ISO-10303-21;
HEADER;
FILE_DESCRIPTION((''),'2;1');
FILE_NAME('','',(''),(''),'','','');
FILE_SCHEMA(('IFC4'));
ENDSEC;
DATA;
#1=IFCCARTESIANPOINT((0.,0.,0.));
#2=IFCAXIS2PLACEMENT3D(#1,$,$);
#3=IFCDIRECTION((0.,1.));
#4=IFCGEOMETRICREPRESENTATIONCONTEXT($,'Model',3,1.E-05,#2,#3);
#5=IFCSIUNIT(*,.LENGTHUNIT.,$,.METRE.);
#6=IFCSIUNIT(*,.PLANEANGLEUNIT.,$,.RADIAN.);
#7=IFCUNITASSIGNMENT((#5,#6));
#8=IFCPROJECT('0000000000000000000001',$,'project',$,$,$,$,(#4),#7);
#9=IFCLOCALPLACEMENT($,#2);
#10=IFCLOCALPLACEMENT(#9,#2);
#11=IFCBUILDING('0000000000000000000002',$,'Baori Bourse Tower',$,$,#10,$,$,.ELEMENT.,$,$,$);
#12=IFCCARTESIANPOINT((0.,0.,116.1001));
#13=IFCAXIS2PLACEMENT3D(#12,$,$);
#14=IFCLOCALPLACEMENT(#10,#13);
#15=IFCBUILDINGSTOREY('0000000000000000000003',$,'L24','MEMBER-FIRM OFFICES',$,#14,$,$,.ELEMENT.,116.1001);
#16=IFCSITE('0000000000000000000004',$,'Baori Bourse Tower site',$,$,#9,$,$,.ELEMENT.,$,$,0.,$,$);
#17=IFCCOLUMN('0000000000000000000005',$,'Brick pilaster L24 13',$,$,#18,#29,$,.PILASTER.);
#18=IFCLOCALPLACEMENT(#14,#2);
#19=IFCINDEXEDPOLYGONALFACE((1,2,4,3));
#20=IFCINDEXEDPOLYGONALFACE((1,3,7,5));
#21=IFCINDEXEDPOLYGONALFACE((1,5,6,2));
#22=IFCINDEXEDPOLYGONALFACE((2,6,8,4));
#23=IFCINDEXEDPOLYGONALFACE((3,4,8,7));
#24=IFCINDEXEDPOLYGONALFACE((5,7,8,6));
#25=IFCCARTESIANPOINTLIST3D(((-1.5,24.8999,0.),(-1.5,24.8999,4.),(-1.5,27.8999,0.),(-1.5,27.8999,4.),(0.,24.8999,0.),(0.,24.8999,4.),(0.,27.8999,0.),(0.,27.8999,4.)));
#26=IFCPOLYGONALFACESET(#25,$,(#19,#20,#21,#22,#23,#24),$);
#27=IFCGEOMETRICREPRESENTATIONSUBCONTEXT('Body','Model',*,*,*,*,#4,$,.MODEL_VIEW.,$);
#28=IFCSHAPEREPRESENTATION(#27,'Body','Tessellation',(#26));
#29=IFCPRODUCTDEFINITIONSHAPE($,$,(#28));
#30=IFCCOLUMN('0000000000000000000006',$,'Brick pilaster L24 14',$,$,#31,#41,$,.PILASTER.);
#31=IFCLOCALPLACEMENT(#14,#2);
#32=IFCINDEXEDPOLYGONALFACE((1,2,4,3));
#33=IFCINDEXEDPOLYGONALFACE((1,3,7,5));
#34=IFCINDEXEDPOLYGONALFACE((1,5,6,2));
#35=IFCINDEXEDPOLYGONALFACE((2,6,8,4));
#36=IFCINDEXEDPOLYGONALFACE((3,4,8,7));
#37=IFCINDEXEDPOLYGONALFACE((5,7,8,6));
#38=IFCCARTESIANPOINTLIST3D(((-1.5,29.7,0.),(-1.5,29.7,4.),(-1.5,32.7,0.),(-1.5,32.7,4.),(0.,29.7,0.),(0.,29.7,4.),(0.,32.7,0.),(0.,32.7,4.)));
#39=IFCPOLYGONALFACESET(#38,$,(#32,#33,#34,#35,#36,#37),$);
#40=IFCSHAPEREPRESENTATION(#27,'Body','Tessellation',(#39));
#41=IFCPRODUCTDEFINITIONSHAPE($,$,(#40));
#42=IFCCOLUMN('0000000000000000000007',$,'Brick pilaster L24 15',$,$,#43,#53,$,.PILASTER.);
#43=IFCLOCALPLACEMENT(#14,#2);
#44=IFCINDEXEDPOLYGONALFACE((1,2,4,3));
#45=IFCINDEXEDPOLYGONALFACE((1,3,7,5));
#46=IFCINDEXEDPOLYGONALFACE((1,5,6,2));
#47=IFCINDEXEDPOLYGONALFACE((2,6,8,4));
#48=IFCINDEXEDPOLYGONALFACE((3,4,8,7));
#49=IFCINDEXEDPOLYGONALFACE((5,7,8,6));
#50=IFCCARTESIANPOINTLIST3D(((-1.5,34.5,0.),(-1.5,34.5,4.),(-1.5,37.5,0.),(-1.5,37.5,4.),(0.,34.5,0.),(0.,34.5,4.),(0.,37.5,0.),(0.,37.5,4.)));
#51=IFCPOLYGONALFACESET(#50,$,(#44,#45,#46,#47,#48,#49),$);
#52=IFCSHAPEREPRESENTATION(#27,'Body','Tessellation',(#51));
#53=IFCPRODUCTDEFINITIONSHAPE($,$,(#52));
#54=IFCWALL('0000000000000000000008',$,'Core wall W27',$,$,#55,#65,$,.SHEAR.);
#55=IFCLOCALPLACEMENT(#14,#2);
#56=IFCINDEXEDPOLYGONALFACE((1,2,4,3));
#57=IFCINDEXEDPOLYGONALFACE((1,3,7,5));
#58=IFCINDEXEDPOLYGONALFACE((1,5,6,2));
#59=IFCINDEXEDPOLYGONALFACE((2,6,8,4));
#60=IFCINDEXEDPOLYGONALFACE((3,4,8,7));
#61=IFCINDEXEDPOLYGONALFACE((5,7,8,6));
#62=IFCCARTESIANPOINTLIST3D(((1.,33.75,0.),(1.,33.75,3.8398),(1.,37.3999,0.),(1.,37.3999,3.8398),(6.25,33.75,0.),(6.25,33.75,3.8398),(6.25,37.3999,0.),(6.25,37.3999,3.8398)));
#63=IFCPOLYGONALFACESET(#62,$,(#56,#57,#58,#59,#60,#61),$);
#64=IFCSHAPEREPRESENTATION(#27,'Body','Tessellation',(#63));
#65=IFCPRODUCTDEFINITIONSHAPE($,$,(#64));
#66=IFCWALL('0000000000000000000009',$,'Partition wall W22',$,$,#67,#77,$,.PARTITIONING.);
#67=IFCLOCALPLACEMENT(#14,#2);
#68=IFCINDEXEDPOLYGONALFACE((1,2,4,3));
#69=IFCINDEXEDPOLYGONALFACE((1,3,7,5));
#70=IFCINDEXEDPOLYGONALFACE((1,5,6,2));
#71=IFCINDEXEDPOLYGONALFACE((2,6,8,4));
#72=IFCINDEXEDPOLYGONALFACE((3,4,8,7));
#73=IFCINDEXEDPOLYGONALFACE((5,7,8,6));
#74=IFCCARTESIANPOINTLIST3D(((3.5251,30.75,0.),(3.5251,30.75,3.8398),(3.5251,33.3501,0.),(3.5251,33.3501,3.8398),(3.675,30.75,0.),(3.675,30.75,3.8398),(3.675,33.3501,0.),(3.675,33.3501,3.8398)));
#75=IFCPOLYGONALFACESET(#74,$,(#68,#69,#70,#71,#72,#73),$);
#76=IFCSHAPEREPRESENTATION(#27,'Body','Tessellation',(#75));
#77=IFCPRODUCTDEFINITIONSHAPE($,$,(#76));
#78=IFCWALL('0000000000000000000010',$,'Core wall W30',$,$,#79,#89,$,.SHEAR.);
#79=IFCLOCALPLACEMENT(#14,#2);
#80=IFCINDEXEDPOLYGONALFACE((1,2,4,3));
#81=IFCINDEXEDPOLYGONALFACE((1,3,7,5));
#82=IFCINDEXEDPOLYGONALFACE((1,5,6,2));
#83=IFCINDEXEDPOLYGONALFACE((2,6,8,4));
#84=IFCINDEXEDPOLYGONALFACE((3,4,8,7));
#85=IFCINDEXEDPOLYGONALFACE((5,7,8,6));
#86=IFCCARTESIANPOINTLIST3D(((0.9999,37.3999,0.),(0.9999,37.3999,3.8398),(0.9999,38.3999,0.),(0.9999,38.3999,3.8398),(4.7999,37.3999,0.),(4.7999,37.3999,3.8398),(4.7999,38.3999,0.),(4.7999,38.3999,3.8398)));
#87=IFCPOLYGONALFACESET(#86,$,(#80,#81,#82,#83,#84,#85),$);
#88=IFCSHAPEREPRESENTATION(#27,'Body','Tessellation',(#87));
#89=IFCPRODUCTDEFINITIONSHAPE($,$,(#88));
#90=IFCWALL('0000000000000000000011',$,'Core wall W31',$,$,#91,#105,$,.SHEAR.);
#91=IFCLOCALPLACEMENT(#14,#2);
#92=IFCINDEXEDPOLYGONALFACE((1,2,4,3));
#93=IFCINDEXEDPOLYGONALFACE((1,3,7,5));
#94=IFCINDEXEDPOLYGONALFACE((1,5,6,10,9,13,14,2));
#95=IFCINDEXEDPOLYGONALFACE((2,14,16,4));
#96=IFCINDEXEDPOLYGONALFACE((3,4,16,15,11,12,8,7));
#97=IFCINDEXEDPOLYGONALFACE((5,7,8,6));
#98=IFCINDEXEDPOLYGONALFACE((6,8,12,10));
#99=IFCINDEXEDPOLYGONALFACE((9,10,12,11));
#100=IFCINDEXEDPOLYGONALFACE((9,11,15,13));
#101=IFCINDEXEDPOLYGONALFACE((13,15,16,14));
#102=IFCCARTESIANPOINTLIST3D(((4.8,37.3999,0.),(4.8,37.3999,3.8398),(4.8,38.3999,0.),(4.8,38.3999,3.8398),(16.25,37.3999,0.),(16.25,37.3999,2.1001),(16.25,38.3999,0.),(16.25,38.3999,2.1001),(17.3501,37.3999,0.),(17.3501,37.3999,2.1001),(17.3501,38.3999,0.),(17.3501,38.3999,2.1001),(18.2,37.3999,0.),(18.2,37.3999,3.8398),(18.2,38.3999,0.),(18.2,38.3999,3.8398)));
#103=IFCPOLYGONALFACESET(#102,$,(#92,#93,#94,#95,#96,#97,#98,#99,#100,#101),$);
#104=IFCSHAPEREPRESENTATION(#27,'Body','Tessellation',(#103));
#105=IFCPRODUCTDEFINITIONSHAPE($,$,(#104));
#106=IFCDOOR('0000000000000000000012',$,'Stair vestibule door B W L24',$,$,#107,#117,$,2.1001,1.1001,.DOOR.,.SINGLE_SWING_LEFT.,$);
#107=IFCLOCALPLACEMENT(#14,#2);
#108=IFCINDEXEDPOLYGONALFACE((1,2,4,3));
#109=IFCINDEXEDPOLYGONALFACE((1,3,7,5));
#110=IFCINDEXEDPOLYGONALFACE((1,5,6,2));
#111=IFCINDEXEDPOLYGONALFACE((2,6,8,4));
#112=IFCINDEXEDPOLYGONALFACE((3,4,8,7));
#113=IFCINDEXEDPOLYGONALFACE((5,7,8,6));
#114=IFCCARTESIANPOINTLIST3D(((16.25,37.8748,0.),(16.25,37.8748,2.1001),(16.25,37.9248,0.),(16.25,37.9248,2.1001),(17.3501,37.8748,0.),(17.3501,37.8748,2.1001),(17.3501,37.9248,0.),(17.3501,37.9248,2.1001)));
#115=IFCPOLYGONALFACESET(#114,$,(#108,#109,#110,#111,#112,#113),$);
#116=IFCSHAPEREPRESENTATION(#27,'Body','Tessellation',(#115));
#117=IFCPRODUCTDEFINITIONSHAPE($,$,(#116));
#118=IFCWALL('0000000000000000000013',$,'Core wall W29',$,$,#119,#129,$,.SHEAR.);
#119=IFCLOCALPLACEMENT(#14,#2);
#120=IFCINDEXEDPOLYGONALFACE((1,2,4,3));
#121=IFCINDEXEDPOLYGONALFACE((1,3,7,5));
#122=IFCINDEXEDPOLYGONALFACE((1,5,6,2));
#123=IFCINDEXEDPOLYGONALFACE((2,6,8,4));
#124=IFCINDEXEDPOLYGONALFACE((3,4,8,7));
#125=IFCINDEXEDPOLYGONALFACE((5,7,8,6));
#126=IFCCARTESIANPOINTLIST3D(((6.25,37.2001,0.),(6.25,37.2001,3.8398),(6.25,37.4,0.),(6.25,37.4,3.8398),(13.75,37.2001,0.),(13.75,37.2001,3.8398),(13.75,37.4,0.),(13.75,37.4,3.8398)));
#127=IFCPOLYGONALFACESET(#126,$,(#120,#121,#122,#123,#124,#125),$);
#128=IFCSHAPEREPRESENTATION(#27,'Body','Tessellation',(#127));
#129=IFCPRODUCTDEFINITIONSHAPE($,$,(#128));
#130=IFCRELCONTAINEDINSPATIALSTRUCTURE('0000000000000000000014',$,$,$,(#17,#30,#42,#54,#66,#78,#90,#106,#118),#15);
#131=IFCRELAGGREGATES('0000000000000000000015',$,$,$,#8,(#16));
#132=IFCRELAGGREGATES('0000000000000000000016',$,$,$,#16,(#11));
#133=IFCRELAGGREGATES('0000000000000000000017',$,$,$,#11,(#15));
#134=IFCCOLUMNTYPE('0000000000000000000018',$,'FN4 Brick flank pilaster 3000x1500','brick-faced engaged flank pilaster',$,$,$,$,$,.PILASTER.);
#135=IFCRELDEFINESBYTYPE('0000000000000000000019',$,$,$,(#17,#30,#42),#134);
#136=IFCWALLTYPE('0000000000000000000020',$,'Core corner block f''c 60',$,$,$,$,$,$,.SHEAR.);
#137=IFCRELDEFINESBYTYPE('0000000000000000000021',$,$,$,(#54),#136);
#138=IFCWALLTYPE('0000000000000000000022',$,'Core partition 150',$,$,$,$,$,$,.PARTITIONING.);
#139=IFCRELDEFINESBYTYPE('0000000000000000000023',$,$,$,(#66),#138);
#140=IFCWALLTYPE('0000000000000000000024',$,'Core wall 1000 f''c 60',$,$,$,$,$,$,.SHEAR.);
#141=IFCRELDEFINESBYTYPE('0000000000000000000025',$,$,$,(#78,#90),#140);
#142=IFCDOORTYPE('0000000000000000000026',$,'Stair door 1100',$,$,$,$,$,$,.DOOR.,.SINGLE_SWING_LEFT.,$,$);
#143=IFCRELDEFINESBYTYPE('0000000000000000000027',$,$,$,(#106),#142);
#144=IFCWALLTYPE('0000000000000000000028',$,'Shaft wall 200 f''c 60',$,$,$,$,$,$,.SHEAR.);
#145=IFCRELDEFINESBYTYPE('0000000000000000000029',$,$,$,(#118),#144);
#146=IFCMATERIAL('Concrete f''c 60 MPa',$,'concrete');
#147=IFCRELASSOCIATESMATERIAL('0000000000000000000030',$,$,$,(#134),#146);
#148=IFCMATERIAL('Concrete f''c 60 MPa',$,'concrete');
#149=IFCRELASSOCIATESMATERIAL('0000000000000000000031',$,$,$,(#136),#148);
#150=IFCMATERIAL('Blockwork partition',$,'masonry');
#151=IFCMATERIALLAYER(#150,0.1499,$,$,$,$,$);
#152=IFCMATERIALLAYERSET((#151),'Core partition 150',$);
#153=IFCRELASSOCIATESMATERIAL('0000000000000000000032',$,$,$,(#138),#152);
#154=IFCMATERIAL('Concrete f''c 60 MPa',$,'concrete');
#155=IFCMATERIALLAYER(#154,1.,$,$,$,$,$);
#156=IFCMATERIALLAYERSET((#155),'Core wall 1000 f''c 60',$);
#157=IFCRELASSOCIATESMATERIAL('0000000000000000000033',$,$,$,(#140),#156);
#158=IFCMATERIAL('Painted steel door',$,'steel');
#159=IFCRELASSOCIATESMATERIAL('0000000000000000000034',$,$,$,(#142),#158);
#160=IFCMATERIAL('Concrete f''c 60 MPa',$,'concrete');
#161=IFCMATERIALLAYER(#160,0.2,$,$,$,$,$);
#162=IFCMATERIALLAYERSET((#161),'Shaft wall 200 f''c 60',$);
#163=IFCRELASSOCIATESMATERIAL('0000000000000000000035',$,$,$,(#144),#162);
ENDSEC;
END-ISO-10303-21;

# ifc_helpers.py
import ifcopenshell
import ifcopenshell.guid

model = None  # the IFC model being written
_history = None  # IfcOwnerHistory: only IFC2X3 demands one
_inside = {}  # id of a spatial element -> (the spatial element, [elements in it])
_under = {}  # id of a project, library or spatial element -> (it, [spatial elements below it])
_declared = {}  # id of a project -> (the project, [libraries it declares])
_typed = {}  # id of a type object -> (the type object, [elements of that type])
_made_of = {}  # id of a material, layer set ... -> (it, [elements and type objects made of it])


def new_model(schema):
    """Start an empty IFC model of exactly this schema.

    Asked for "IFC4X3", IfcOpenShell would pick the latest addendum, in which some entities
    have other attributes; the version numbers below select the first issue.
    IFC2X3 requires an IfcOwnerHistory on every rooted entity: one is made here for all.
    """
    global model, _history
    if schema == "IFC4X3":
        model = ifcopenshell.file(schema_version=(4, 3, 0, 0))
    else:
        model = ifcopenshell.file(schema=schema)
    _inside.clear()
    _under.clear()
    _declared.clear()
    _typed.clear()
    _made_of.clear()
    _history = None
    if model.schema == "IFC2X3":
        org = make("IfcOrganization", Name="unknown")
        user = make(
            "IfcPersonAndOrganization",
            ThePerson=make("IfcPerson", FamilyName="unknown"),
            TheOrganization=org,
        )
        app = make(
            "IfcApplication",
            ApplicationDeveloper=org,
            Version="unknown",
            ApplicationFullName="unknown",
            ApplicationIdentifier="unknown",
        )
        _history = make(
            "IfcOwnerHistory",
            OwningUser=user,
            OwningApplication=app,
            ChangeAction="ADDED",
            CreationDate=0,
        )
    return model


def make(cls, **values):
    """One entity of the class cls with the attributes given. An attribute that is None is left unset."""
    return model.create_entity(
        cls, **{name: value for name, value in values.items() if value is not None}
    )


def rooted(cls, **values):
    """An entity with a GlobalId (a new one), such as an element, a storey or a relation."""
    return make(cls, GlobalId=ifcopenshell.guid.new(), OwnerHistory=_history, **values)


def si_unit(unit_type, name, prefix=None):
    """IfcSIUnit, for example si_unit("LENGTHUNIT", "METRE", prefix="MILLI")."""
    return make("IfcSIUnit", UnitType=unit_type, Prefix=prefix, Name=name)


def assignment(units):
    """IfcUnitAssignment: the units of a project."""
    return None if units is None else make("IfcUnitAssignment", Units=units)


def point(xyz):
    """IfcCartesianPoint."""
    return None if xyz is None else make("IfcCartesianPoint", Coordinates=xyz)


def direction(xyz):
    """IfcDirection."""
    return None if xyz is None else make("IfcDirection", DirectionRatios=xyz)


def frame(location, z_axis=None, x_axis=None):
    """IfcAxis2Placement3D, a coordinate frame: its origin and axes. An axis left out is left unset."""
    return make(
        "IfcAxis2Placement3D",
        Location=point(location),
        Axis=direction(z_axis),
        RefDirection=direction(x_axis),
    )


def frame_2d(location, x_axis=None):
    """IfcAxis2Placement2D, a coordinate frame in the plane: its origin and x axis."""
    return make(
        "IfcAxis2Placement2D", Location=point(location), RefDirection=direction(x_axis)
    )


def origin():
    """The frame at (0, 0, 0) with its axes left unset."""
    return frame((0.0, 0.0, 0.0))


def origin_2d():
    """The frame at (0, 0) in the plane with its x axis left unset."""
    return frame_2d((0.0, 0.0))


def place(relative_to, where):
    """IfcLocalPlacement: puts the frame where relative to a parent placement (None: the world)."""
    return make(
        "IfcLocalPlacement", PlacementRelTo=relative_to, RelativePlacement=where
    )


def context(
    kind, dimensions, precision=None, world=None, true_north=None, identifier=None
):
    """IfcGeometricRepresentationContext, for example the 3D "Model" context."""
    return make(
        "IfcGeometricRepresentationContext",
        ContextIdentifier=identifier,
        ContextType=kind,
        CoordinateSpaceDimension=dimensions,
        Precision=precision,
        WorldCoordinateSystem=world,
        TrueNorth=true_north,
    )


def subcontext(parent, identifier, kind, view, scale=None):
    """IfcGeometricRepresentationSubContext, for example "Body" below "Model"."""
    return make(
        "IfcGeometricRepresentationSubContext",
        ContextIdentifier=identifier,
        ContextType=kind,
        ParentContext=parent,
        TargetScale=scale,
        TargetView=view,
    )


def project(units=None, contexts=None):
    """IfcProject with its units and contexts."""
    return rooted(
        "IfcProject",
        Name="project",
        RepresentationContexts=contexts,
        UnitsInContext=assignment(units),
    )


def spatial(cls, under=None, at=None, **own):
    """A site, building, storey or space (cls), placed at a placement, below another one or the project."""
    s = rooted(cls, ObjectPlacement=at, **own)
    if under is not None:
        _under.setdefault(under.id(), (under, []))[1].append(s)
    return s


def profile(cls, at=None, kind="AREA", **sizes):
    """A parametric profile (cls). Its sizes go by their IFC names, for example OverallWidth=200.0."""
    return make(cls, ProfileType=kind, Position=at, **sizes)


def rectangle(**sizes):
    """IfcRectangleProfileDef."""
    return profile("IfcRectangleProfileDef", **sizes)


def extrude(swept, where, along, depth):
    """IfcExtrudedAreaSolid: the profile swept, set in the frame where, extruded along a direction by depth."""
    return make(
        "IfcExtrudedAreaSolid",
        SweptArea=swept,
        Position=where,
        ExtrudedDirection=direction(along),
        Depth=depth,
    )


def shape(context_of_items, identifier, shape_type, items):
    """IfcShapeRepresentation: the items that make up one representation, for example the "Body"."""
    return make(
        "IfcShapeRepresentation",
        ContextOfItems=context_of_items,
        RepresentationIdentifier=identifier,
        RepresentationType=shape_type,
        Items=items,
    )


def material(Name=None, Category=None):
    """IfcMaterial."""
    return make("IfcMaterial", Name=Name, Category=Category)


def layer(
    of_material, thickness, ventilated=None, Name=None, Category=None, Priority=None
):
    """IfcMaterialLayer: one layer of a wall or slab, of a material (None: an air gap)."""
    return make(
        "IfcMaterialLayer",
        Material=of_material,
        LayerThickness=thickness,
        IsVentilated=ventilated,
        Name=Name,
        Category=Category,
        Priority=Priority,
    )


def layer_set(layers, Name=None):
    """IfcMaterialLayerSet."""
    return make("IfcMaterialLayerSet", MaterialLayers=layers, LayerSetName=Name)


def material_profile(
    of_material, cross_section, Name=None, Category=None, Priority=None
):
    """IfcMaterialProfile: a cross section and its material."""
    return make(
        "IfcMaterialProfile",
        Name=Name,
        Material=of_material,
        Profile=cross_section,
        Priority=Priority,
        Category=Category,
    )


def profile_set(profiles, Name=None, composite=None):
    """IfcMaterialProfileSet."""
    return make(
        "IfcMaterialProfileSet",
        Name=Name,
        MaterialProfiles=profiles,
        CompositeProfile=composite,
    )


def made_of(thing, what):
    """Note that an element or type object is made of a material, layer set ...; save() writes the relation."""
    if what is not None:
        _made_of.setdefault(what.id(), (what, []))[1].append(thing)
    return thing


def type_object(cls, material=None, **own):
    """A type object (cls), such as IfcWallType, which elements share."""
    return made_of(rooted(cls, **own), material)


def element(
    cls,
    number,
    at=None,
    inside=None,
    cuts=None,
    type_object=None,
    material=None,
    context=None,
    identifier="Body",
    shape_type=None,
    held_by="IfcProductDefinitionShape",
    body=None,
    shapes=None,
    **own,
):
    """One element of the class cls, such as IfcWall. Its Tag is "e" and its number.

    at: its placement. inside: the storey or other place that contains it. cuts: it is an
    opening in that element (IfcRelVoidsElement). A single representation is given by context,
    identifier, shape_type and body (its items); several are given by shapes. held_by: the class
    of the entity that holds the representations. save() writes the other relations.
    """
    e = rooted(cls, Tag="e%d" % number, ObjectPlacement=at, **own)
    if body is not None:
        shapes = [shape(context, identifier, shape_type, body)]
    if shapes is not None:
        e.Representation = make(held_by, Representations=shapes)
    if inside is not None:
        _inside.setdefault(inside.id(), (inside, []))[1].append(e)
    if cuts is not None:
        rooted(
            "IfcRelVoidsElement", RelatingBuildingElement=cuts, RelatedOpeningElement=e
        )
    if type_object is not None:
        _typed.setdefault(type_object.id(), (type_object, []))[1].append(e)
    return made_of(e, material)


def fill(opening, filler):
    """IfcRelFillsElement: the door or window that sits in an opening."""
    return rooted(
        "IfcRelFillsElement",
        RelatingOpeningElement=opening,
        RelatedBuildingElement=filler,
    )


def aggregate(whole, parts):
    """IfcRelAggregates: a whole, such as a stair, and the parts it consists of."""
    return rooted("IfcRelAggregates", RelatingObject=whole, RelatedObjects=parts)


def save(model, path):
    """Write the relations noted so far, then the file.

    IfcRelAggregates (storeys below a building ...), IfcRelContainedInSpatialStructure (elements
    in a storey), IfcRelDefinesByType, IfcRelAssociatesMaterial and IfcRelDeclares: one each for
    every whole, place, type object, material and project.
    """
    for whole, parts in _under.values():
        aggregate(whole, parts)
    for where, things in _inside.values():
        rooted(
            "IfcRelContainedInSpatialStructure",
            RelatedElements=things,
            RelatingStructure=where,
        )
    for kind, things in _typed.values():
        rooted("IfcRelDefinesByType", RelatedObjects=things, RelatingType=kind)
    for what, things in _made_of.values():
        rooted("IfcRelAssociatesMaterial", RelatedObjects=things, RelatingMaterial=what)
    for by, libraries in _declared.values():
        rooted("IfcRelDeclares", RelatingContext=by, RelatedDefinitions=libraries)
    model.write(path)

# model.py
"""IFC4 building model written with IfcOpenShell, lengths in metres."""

from ifc_helpers import new_model, si_unit, direction, frame, frame_2d, origin, origin_2d, place, context, subcontext, project, spatial, rectangle, extrude, material, layer, layer_set, material_profile, profile_set, type_object, element, fill, save


model = new_model("IFC4")

# Units and contexts
model_context = context("Model", 3, precision=1e-05, world=origin(), true_north=direction((0.0, 1.0)))
body_context = subcontext(model_context, "Body", "Model", "MODEL_VIEW")
ifc_project = project(units=[si_unit("LENGTHUNIT", "METRE"), si_unit("PLANEANGLEUNIT", "RADIAN")], contexts=[model_context])

# Site, building, storey
site_placement = place(None, origin())
site = spatial("IfcSite", under=ifc_project, at=site_placement, Name="Baori Bourse Tower site", CompositionType="ELEMENT", RefElevation=0.0)
building_placement = place(site_placement, origin())
building = spatial("IfcBuilding", under=site, at=building_placement, Name="Baori Bourse Tower", CompositionType="ELEMENT")
storey_placement = place(building_placement, frame((0.0, 0.0, 116.1001)))
storey = spatial("IfcBuildingStorey", under=building, at=storey_placement, Name="L24", Description="MEMBER-FIRM OFFICES", CompositionType="ELEMENT", Elevation=116.1001)

# Columns
ifc_material_1 = material(Name="Concrete f'c 60 MPa", Category="concrete")
ifc_material_profile = material_profile(ifc_material_1, rectangle(XDim=3.0, YDim=1.5, at=origin_2d()), Name="RC 3000x1500")
ifc_profile_set = profile_set([ifc_material_profile], Name="Concrete f'c 60 MPa")
column_type = type_object("IfcColumnType", Name="FN4 Brick flank pilaster 3000x1500", Description="brick-faced engaged flank pilaster", PredefinedType="PILASTER", material=ifc_profile_set)
for number, where, z_axis, x_axis, name in (
    (1, (-0.75, 26.3999, 0.0), (0.0, 0.0, 1.0), (0.0, 1.0, 0.0), "Brick pilaster L24 13"),
    (2, (-0.75, 31.2, 0.0), (0.0, 0.0, 1.0), (0.0, 1.0, 0.0), "Brick pilaster L24 14"),
    (3, (-0.75, 36.0, 0.0), (0.0, 0.0, 1.0), (0.0, 1.0, 0.0), "Brick pilaster L24 15"),
):
    element("IfcColumn", number, at=place(storey_placement, frame(where, z_axis=z_axis, x_axis=x_axis)), inside=storey, type_object=column_type, Name=name, PredefinedType="PILASTER", context=body_context, shape_type="SweptSolid", body=[
        extrude(rectangle(XDim=3.0, YDim=1.5, at=origin_2d()), origin(), (0.0, 0.0, 1.0), 4.0),
    ])

# Walls
ifc_material_2 = material(Name="Concrete f'c 60 MPa", Category="concrete")
wall_type_1 = type_object("IfcWallType", Name="Core corner block f'c 60", PredefinedType="SHEAR", material=ifc_material_2)
wall_1_placement = place(storey_placement, frame((1.0, 35.575, 0.0), z_axis=(0.0, 0.0, 1.0), x_axis=(1.0, 0.0, 0.0)))
element("IfcWall", 4, at=wall_1_placement, inside=storey, type_object=wall_type_1, Name="Core wall W27", PredefinedType="SHEAR", context=body_context, shape_type="SweptSolid", body=[
    extrude(rectangle(XDim=5.25, YDim=3.6499, at=frame_2d((2.625, 0.0))), origin(), (0.0, 0.0, 1.0), 3.8398),
])
ifc_material_3 = material(Name="Blockwork partition", Category="masonry")
ifc_layer_1 = layer(ifc_material_3, 0.1499)
ifc_layer_set_1 = layer_set([ifc_layer_1], Name="Core partition 150")
wall_type_2 = type_object("IfcWallType", Name="Core partition 150", PredefinedType="PARTITIONING", material=ifc_layer_set_1)
wall_2_placement = place(storey_placement, frame((3.6001, 30.75, 0.0), z_axis=(0.0, 0.0, 1.0), x_axis=(0.0, 1.0, 0.0)))
element("IfcWall", 5, at=wall_2_placement, inside=storey, type_object=wall_type_2, Name="Partition wall W22", PredefinedType="PARTITIONING", context=body_context, shape_type="SweptSolid", body=[
    extrude(rectangle(XDim=2.6001, YDim=0.1499, at=frame_2d((1.3, 0.0))), origin(), (0.0, 0.0, 1.0), 3.8398),
])
ifc_material_4 = material(Name="Concrete f'c 60 MPa", Category="concrete")
ifc_layer_2 = layer(ifc_material_4, 1.0)
ifc_layer_set_2 = layer_set([ifc_layer_2], Name="Core wall 1000 f'c 60")
wall_type_3 = type_object("IfcWallType", Name="Core wall 1000 f'c 60", PredefinedType="SHEAR", material=ifc_layer_set_2)
wall_3_placement = place(storey_placement, frame((1.0, 37.8999, 0.0), z_axis=(0.0, 0.0, 1.0), x_axis=(1.0, 0.0, 0.0)))
element("IfcWall", 6, at=wall_3_placement, inside=storey, type_object=wall_type_3, Name="Core wall W30", PredefinedType="SHEAR", context=body_context, shape_type="SweptSolid", body=[
    extrude(rectangle(XDim=3.8, YDim=1.0, at=frame_2d((1.8999, 0.0))), origin(), (0.0, 0.0, 1.0), 3.8398),
])

# Wall, opening, door
wall_4_placement = place(storey_placement, frame((4.8, 37.8999, 0.0), z_axis=(0.0, 0.0, 1.0), x_axis=(1.0, 0.0, 0.0)))
wall_4 = element("IfcWall", 7, at=wall_4_placement, inside=storey, type_object=wall_type_3, Name="Core wall W31", PredefinedType="SHEAR", context=body_context, shape_type="SweptSolid", body=[
    extrude(rectangle(XDim=13.3999, YDim=1.0, at=frame_2d((6.7, 0.0))), origin(), (0.0, 0.0, 1.0), 3.8398),
])
opening_1_placement = place(wall_4_placement, frame((11.45, 0.0, 0.0)))
opening_1 = element("IfcOpeningElement", 8, at=opening_1_placement, cuts=wall_4, PredefinedType="OPENING", context=body_context, shape_type="SweptSolid", body=[
    extrude(rectangle(XDim=1.1001, YDim=2.1001, at=frame_2d((0.55, 1.05))), frame((0.0, 0.51, 0.0), z_axis=(0.0, -1.0, 0.0), x_axis=(1.0, 0.0, 0.0)), (0.0, 0.0, 1.0), 1.02),
])
ifc_material_5 = material(Name="Painted steel door", Category="steel")
door_type_1 = type_object("IfcDoorType", Name="Stair door 1100", OperationType="SINGLE_SWING_LEFT", PredefinedType="DOOR", material=ifc_material_5)
door_1_placement = place(opening_1_placement, origin())
door_1 = element("IfcDoor", 9, at=door_1_placement, inside=storey, type_object=door_type_1, Name="Stair vestibule door B W L24", OperationType="SINGLE_SWING_LEFT", OverallHeight=2.1001, OverallWidth=1.1001, PredefinedType="DOOR", context=body_context, shape_type="SweptSolid", body=[
    extrude(rectangle(XDim=1.1001, YDim=2.1001, at=frame_2d((0.55, 1.05))), frame((0.0, 0.0249, 0.0), z_axis=(0.0, -1.0, 0.0), x_axis=(1.0, 0.0, 0.0)), (0.0, 0.0, 1.0), 0.05),
])
fill(opening_1, door_1)

# Wall
ifc_material_6 = material(Name="Concrete f'c 60 MPa", Category="concrete")
ifc_layer_3 = layer(ifc_material_6, 0.2)
ifc_layer_set_3 = layer_set([ifc_layer_3], Name="Shaft wall 200 f'c 60")
wall_type_4 = type_object("IfcWallType", Name="Shaft wall 200 f'c 60", PredefinedType="SHEAR", material=ifc_layer_set_3)
wall_5_placement = place(storey_placement, frame((6.25, 37.3, 0.0), z_axis=(0.0, 0.0, 1.0), x_axis=(1.0, 0.0, 0.0)))
element("IfcWall", 10, at=wall_5_placement, inside=storey, type_object=wall_type_4, Name="Core wall W29", PredefinedType="SHEAR", context=body_context, shape_type="SweptSolid", body=[
    extrude(rectangle(XDim=7.5, YDim=0.2, at=frame_2d((3.75, 0.0))), origin(), (0.0, 0.0, 1.0), 3.8398),
])

save(model, "model.ifc")
